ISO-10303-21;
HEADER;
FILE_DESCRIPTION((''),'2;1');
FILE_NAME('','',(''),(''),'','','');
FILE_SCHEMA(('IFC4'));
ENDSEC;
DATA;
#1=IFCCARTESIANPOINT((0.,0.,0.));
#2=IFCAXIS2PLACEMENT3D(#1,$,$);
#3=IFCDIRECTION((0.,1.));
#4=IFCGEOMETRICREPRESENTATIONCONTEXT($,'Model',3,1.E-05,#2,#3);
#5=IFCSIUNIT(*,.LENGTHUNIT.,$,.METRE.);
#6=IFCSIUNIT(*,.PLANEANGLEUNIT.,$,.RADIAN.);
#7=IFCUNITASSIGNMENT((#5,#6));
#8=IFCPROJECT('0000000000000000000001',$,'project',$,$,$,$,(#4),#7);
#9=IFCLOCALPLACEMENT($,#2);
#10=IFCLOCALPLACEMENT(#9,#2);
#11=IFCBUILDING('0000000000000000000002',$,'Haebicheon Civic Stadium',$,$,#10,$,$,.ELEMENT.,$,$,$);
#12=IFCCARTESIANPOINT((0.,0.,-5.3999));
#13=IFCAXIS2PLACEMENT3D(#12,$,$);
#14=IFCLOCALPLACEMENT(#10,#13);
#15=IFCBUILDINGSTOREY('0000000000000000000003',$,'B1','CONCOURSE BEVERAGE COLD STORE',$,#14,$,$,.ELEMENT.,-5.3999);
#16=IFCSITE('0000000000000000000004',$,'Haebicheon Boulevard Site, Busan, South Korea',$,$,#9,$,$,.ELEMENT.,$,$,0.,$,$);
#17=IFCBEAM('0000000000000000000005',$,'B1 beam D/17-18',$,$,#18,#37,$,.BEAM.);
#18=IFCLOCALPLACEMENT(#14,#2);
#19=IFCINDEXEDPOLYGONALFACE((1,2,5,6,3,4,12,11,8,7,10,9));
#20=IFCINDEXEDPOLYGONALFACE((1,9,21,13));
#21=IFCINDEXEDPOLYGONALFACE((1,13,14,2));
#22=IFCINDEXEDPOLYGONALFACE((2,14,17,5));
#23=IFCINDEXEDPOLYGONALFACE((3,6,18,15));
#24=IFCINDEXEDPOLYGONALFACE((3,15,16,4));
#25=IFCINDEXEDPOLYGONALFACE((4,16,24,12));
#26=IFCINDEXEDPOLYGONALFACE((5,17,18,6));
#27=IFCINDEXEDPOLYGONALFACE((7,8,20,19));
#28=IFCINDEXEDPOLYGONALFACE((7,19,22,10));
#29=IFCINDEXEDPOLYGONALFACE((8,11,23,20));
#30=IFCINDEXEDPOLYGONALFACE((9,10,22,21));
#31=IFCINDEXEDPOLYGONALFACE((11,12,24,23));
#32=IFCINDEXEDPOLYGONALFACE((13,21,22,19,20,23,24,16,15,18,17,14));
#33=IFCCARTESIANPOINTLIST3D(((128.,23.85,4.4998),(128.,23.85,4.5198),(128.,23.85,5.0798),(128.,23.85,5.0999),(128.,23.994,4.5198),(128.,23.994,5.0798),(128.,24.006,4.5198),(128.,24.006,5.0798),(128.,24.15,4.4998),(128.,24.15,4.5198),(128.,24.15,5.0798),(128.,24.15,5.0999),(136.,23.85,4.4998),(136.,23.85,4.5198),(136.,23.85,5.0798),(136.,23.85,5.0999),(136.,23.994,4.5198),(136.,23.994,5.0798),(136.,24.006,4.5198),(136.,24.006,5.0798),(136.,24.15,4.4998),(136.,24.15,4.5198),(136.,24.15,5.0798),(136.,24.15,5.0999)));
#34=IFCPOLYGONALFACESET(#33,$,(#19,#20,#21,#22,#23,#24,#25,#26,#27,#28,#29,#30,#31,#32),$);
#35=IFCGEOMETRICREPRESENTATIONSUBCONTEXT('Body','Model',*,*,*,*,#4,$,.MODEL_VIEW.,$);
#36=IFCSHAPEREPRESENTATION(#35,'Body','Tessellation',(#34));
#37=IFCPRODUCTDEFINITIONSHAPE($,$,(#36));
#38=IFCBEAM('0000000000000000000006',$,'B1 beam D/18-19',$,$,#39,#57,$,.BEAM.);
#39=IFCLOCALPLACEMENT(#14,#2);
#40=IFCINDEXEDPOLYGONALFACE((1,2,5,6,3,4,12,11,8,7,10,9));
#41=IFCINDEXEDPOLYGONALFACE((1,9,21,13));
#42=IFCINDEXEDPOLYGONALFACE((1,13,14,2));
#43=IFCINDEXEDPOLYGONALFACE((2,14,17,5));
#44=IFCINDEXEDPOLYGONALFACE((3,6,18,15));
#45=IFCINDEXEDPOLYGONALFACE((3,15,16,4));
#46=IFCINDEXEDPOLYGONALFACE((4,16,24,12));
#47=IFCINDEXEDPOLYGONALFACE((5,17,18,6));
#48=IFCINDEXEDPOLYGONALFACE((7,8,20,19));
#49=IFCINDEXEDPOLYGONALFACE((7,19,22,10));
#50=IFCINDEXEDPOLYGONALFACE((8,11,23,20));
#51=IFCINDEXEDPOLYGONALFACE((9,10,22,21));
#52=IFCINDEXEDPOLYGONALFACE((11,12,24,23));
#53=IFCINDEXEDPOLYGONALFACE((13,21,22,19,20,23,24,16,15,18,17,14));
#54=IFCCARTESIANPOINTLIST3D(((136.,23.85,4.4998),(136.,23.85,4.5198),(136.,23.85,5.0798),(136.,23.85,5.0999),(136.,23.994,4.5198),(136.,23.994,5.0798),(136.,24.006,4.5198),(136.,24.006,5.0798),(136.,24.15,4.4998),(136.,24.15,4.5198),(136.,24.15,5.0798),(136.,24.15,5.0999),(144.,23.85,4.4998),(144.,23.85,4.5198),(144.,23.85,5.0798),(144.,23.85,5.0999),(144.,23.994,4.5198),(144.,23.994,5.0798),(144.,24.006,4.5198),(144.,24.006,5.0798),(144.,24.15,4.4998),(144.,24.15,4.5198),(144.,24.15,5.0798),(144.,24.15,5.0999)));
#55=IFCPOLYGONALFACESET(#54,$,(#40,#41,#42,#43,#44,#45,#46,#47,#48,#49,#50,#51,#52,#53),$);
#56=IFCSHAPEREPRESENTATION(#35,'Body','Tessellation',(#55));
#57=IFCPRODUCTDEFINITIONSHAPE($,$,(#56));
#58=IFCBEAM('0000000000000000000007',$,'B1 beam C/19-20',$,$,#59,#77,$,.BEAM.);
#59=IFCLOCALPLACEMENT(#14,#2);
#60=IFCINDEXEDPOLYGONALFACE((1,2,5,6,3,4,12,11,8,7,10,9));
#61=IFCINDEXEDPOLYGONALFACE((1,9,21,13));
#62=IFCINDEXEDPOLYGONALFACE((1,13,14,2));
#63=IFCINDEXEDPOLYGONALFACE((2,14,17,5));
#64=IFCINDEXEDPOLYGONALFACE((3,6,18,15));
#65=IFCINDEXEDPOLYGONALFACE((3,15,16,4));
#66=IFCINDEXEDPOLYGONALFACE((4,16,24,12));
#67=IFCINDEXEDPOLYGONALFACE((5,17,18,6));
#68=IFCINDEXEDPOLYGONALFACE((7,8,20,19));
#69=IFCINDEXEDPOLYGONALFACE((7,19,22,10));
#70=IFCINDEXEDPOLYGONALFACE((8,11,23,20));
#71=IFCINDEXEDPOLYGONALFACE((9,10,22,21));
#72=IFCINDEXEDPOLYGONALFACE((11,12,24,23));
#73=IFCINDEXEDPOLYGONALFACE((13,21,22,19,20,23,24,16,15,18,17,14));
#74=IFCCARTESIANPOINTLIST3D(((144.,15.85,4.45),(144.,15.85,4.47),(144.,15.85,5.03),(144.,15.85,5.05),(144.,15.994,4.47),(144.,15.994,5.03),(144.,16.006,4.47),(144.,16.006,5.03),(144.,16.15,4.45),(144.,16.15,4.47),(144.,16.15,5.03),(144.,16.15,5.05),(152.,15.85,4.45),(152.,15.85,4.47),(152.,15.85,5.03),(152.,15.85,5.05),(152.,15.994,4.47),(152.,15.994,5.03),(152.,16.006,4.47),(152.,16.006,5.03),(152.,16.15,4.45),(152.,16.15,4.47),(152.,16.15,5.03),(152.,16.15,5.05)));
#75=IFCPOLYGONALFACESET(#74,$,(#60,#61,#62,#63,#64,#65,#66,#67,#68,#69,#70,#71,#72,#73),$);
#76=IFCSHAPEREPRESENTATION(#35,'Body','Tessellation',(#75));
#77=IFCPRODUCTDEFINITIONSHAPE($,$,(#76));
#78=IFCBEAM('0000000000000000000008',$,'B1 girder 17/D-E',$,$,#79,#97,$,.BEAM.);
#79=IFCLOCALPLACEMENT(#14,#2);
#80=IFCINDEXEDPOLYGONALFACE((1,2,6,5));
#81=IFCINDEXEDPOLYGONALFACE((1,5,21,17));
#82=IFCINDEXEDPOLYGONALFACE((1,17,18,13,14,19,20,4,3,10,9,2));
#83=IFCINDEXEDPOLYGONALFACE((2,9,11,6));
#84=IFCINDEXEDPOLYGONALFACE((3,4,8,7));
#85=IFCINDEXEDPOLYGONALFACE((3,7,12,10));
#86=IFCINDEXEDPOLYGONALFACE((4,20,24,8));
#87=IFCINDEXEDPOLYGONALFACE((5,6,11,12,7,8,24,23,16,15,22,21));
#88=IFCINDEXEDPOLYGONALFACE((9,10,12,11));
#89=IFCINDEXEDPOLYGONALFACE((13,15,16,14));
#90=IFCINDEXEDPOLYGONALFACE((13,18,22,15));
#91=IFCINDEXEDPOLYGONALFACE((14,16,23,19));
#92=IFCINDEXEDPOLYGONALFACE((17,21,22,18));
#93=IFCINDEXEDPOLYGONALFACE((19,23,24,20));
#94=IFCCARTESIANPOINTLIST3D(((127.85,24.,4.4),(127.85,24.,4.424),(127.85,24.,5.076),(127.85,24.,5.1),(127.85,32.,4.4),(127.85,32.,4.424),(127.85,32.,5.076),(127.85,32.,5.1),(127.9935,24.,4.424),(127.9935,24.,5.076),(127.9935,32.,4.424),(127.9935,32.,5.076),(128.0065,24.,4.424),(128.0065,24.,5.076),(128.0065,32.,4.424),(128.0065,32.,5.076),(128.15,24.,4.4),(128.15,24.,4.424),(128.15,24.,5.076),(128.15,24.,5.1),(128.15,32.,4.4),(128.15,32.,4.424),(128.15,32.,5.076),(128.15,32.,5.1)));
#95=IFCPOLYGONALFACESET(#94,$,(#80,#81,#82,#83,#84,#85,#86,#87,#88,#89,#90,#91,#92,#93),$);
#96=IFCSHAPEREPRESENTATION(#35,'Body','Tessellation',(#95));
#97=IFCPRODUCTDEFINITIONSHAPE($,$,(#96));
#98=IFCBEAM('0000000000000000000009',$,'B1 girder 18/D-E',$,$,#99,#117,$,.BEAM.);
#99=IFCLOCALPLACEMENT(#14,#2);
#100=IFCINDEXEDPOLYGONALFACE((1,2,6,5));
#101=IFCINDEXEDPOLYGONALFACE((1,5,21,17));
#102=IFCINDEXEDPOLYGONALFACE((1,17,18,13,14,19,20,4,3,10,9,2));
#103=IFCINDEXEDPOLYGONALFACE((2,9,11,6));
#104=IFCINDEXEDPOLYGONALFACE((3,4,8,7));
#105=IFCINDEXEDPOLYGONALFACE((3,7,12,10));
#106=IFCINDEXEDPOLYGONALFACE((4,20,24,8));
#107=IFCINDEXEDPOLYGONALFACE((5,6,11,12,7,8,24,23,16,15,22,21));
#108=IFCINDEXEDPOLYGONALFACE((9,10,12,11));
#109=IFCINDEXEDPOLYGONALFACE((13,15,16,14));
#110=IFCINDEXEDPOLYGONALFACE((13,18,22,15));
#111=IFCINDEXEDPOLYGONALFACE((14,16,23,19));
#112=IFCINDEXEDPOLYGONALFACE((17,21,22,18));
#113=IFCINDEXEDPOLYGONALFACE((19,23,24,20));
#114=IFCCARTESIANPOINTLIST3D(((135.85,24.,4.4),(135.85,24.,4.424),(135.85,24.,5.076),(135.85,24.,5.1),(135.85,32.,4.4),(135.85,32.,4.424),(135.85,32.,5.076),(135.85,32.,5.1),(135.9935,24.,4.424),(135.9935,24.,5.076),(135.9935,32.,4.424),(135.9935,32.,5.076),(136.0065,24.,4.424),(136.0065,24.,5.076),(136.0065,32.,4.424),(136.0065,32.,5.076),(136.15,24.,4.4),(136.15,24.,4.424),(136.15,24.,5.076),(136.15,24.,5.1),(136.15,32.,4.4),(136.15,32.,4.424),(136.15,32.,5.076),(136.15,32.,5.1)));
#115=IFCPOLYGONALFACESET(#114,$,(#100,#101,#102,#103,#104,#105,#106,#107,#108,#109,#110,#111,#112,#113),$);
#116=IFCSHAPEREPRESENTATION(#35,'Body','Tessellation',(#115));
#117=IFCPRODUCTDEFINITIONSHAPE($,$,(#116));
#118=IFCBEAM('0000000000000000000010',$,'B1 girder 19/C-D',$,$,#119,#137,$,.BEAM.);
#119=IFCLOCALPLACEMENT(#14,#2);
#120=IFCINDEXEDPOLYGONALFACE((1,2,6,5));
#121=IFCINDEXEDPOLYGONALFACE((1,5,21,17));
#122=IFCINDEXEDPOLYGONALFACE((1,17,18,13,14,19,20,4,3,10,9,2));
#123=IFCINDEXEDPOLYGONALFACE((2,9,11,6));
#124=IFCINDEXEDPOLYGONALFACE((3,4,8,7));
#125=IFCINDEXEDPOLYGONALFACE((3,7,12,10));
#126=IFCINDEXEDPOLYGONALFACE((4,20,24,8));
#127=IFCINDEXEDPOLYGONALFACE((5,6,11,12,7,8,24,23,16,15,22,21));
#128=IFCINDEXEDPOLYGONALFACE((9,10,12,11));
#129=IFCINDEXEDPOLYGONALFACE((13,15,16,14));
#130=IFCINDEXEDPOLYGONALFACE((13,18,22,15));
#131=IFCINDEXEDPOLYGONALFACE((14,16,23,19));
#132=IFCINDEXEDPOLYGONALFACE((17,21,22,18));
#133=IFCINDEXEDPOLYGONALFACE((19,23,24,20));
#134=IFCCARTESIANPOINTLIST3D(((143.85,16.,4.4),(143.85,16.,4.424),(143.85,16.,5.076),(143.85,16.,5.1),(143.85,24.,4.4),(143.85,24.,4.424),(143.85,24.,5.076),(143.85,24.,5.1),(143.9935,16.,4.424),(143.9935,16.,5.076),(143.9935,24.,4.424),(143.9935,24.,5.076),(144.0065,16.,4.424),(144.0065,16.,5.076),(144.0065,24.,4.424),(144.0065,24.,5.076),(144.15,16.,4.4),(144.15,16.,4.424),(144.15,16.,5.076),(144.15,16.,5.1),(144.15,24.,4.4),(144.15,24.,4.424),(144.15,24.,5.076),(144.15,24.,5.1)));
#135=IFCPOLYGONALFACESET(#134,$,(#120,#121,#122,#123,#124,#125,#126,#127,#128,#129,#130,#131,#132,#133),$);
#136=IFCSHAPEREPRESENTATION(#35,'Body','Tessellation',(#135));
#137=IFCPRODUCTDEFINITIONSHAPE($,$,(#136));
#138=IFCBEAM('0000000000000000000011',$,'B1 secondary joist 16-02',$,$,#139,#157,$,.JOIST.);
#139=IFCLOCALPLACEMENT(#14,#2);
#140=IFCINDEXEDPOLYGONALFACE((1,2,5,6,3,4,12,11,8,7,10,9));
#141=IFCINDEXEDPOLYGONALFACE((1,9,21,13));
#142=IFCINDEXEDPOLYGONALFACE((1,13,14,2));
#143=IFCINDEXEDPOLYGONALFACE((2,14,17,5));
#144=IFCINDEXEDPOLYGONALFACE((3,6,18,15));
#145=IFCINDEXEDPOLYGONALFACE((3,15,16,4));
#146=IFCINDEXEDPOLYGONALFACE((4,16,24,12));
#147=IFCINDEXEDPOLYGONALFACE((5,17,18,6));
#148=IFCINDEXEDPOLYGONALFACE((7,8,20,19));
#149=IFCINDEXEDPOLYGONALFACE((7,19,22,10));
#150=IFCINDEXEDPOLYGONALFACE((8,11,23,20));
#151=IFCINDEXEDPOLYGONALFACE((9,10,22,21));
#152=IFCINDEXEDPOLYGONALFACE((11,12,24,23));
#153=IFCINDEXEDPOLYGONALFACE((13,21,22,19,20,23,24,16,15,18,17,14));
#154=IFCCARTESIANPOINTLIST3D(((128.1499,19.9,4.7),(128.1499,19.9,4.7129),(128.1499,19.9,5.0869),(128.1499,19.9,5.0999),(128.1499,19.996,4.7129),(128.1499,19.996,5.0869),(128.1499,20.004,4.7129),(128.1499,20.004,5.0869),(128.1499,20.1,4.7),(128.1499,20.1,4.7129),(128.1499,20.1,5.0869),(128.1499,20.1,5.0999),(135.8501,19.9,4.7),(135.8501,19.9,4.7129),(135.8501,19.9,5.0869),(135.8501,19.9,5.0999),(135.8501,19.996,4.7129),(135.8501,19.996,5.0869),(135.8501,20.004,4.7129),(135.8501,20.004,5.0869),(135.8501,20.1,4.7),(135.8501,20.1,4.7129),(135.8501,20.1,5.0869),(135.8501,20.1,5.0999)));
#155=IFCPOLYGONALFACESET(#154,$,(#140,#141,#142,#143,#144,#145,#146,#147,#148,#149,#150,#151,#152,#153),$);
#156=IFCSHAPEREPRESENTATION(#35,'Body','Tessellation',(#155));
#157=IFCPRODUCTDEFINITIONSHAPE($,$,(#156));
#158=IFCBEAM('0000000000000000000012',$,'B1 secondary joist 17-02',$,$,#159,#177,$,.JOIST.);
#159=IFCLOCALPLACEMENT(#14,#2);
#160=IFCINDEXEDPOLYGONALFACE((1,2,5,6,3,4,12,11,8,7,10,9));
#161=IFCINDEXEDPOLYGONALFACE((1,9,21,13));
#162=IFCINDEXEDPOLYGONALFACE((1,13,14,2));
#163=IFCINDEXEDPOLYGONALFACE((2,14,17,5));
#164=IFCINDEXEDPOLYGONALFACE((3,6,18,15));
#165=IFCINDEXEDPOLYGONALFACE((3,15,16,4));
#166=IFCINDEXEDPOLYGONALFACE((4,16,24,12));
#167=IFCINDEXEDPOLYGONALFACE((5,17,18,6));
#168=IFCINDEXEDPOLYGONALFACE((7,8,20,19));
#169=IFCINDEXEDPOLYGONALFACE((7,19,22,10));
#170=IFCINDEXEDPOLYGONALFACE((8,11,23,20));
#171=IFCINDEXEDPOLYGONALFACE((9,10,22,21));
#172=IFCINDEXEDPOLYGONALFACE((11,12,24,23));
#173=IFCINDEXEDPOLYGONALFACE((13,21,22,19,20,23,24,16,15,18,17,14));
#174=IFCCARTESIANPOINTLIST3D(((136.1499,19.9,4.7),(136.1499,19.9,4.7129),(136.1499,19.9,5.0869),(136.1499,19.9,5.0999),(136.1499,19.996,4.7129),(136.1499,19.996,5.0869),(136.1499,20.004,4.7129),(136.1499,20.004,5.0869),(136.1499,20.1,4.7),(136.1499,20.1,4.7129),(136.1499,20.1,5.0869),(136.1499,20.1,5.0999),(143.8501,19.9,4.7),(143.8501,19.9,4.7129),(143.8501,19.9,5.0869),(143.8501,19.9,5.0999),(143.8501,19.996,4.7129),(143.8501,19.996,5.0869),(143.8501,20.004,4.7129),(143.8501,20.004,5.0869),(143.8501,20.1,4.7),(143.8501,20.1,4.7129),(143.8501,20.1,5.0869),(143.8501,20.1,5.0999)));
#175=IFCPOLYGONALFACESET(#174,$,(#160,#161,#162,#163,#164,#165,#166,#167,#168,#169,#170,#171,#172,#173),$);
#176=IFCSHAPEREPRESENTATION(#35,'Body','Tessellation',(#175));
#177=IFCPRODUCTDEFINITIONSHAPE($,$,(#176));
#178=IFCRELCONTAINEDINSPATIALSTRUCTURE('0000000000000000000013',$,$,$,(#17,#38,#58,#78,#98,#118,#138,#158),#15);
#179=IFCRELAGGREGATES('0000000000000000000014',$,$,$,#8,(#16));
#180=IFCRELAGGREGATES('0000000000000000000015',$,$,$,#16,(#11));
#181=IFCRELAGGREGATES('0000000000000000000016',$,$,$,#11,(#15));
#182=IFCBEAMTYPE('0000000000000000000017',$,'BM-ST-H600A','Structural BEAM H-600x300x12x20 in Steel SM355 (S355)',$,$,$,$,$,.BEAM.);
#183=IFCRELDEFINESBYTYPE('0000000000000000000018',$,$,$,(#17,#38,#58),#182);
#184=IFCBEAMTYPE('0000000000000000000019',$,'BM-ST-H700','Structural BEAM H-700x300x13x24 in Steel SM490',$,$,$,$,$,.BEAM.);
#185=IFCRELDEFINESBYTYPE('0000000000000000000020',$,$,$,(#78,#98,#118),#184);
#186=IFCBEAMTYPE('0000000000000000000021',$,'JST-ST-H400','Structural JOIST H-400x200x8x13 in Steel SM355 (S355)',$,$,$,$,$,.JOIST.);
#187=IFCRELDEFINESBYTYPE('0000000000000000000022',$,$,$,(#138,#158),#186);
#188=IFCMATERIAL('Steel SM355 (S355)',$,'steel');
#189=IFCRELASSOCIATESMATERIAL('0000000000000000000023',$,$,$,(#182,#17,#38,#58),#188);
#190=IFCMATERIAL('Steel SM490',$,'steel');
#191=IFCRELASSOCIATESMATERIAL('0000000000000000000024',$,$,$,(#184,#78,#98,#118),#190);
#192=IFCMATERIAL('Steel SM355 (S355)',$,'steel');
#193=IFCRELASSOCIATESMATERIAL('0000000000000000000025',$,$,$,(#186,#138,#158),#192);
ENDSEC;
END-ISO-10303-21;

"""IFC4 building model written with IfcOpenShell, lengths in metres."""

from ifc_helpers import new_model, si_unit, direction, frame, origin, origin_2d, place, context, subcontext, project, spatial, i_section, extrude, material, material_profile, profile_set, type_object, element, save


model = new_model("IFC4")

# Units and contexts
model_context = context("Model", 3, precision=1e-05, world=origin(), true_north=direction((0.0, 1.0)))
body_context = subcontext(model_context, "Body", "Model", "MODEL_VIEW")
ifc_project = project(units=[si_unit("LENGTHUNIT", "METRE"), si_unit("PLANEANGLEUNIT", "RADIAN")], contexts=[model_context])

# Site, building, storey
site_placement = place(None, origin())
site = spatial("IfcSite", under=ifc_project, at=site_placement, Name="Haebicheon Boulevard Site, Busan, South Korea", CompositionType="ELEMENT", RefElevation=0.0)
building_placement = place(site_placement, origin())
building = spatial("IfcBuilding", under=site, at=building_placement, Name="Haebicheon Civic Stadium", CompositionType="ELEMENT")
storey_placement = place(building_placement, frame((0.0, 0.0, -5.3999)))
storey = spatial("IfcBuildingStorey", under=building, at=storey_placement, Name="B1", Description="CONCOURSE BEVERAGE COLD STORE", CompositionType="ELEMENT", Elevation=-5.3999)

# Beams
ifc_material_1 = material(Name="Steel SM355 (S355)", Category="steel")
ifc_material_profile_1 = material_profile(ifc_material_1, i_section(OverallWidth=0.3, OverallDepth=0.6001, WebThickness=0.012, FlangeThickness=0.02, at=origin_2d()), Name="H-600x300x12x20")
ifc_profile_set_1 = profile_set([ifc_material_profile_1], Name="Steel SM355 (S355)")
beam_type_1 = type_object("IfcBeamType", Name="BM-ST-H600A", Description="Structural BEAM H-600x300x12x20 in Steel SM355 (S355)", PredefinedType="BEAM", material=ifc_profile_set_1)
for number, where, z_axis, x_axis, name in (
    (1, (128.0, 24.0, 4.7998), (1.0, 0.0, 0.0), (0.0, 1.0, 0.0), "B1 beam D/17-18"),
    (2, (136.0, 24.0, 4.7998), (1.0, 0.0, 0.0), (0.0, 1.0, 0.0), "B1 beam D/18-19"),
    (3, (144.0, 16.0, 4.75), (1.0, 0.0, 0.0), (0.0, 1.0, 0.0), "B1 beam C/19-20"),
):
    element("IfcBeam", number, at=place(storey_placement, frame(where, z_axis=z_axis, x_axis=x_axis)), inside=storey, type_object=beam_type_1, material=ifc_profile_set_1, Name=name, PredefinedType="BEAM", context=body_context, shape_type="SweptSolid", body=[
        extrude(i_section(OverallWidth=0.3, OverallDepth=0.6001, WebThickness=0.012, FlangeThickness=0.02, at=origin_2d()), origin(), (0.0, 0.0, 1.0), 8.0),
    ])
ifc_material_2 = material(Name="Steel SM490", Category="steel")
ifc_material_profile_2 = material_profile(ifc_material_2, i_section(OverallWidth=0.3, OverallDepth=0.7, WebThickness=0.0129, FlangeThickness=0.0239, at=origin_2d()), Name="H-700x300x13x24")
ifc_profile_set_2 = profile_set([ifc_material_profile_2], Name="Steel SM490")
beam_type_2 = type_object("IfcBeamType", Name="BM-ST-H700", Description="Structural BEAM H-700x300x13x24 in Steel SM490", PredefinedType="BEAM", material=ifc_profile_set_2)
for number, where, z_axis, x_axis, name in (
    (4, (128.0, 24.0, 4.75), (0.0, 1.0, 0.0), (-1.0, 0.0, 0.0), "B1 girder 17/D-E"),
    (5, (136.0, 24.0, 4.75), (0.0, 1.0, 0.0), (-1.0, 0.0, 0.0), "B1 girder 18/D-E"),
    (6, (144.0, 16.0, 4.75), (0.0, 1.0, 0.0), (-1.0, 0.0, 0.0), "B1 girder 19/C-D"),
):
    element("IfcBeam", number, at=place(storey_placement, frame(where, z_axis=z_axis, x_axis=x_axis)), inside=storey, type_object=beam_type_2, material=ifc_profile_set_2, Name=name, PredefinedType="BEAM", context=body_context, shape_type="SweptSolid", body=[
        extrude(i_section(OverallWidth=0.3, OverallDepth=0.7, WebThickness=0.0129, FlangeThickness=0.0239, at=origin_2d()), origin(), (0.0, 0.0, 1.0), 8.0),
    ])
ifc_material_3 = material(Name="Steel SM355 (S355)", Category="steel")
ifc_material_profile_3 = material_profile(ifc_material_3, i_section(OverallWidth=0.2, OverallDepth=0.3999, WebThickness=0.0081, FlangeThickness=0.0129, at=origin_2d()), Name="H-400x200x8x13")
ifc_profile_set_3 = profile_set([ifc_material_profile_3], Name="Steel SM355 (S355)")
beam_type_3 = type_object("IfcBeamType", Name="JST-ST-H400", Description="Structural JOIST H-400x200x8x13 in Steel SM355 (S355)", PredefinedType="JOIST", material=ifc_profile_set_3)
for number, where, z_axis, x_axis, name in (
    (7, (128.1499, 20.0, 4.8999), (1.0, 0.0, 0.0), (0.0, 1.0, 0.0), "B1 secondary joist 16-02"),
    (8, (136.1499, 20.0, 4.8999), (1.0, 0.0, 0.0), (0.0, 1.0, 0.0), "B1 secondary joist 17-02"),
):
    element("IfcBeam", number, at=place(storey_placement, frame(where, z_axis=z_axis, x_axis=x_axis)), inside=storey, type_object=beam_type_3, material=ifc_profile_set_3, Name=name, PredefinedType="JOIST", context=body_context, shape_type="SweptSolid", body=[
        extrude(i_section(OverallWidth=0.2, OverallDepth=0.3999, WebThickness=0.0081, FlangeThickness=0.0129, at=origin_2d()), origin(), (0.0, 0.0, 1.0), 7.7002),
    ])

save(model, "model.ifc")
